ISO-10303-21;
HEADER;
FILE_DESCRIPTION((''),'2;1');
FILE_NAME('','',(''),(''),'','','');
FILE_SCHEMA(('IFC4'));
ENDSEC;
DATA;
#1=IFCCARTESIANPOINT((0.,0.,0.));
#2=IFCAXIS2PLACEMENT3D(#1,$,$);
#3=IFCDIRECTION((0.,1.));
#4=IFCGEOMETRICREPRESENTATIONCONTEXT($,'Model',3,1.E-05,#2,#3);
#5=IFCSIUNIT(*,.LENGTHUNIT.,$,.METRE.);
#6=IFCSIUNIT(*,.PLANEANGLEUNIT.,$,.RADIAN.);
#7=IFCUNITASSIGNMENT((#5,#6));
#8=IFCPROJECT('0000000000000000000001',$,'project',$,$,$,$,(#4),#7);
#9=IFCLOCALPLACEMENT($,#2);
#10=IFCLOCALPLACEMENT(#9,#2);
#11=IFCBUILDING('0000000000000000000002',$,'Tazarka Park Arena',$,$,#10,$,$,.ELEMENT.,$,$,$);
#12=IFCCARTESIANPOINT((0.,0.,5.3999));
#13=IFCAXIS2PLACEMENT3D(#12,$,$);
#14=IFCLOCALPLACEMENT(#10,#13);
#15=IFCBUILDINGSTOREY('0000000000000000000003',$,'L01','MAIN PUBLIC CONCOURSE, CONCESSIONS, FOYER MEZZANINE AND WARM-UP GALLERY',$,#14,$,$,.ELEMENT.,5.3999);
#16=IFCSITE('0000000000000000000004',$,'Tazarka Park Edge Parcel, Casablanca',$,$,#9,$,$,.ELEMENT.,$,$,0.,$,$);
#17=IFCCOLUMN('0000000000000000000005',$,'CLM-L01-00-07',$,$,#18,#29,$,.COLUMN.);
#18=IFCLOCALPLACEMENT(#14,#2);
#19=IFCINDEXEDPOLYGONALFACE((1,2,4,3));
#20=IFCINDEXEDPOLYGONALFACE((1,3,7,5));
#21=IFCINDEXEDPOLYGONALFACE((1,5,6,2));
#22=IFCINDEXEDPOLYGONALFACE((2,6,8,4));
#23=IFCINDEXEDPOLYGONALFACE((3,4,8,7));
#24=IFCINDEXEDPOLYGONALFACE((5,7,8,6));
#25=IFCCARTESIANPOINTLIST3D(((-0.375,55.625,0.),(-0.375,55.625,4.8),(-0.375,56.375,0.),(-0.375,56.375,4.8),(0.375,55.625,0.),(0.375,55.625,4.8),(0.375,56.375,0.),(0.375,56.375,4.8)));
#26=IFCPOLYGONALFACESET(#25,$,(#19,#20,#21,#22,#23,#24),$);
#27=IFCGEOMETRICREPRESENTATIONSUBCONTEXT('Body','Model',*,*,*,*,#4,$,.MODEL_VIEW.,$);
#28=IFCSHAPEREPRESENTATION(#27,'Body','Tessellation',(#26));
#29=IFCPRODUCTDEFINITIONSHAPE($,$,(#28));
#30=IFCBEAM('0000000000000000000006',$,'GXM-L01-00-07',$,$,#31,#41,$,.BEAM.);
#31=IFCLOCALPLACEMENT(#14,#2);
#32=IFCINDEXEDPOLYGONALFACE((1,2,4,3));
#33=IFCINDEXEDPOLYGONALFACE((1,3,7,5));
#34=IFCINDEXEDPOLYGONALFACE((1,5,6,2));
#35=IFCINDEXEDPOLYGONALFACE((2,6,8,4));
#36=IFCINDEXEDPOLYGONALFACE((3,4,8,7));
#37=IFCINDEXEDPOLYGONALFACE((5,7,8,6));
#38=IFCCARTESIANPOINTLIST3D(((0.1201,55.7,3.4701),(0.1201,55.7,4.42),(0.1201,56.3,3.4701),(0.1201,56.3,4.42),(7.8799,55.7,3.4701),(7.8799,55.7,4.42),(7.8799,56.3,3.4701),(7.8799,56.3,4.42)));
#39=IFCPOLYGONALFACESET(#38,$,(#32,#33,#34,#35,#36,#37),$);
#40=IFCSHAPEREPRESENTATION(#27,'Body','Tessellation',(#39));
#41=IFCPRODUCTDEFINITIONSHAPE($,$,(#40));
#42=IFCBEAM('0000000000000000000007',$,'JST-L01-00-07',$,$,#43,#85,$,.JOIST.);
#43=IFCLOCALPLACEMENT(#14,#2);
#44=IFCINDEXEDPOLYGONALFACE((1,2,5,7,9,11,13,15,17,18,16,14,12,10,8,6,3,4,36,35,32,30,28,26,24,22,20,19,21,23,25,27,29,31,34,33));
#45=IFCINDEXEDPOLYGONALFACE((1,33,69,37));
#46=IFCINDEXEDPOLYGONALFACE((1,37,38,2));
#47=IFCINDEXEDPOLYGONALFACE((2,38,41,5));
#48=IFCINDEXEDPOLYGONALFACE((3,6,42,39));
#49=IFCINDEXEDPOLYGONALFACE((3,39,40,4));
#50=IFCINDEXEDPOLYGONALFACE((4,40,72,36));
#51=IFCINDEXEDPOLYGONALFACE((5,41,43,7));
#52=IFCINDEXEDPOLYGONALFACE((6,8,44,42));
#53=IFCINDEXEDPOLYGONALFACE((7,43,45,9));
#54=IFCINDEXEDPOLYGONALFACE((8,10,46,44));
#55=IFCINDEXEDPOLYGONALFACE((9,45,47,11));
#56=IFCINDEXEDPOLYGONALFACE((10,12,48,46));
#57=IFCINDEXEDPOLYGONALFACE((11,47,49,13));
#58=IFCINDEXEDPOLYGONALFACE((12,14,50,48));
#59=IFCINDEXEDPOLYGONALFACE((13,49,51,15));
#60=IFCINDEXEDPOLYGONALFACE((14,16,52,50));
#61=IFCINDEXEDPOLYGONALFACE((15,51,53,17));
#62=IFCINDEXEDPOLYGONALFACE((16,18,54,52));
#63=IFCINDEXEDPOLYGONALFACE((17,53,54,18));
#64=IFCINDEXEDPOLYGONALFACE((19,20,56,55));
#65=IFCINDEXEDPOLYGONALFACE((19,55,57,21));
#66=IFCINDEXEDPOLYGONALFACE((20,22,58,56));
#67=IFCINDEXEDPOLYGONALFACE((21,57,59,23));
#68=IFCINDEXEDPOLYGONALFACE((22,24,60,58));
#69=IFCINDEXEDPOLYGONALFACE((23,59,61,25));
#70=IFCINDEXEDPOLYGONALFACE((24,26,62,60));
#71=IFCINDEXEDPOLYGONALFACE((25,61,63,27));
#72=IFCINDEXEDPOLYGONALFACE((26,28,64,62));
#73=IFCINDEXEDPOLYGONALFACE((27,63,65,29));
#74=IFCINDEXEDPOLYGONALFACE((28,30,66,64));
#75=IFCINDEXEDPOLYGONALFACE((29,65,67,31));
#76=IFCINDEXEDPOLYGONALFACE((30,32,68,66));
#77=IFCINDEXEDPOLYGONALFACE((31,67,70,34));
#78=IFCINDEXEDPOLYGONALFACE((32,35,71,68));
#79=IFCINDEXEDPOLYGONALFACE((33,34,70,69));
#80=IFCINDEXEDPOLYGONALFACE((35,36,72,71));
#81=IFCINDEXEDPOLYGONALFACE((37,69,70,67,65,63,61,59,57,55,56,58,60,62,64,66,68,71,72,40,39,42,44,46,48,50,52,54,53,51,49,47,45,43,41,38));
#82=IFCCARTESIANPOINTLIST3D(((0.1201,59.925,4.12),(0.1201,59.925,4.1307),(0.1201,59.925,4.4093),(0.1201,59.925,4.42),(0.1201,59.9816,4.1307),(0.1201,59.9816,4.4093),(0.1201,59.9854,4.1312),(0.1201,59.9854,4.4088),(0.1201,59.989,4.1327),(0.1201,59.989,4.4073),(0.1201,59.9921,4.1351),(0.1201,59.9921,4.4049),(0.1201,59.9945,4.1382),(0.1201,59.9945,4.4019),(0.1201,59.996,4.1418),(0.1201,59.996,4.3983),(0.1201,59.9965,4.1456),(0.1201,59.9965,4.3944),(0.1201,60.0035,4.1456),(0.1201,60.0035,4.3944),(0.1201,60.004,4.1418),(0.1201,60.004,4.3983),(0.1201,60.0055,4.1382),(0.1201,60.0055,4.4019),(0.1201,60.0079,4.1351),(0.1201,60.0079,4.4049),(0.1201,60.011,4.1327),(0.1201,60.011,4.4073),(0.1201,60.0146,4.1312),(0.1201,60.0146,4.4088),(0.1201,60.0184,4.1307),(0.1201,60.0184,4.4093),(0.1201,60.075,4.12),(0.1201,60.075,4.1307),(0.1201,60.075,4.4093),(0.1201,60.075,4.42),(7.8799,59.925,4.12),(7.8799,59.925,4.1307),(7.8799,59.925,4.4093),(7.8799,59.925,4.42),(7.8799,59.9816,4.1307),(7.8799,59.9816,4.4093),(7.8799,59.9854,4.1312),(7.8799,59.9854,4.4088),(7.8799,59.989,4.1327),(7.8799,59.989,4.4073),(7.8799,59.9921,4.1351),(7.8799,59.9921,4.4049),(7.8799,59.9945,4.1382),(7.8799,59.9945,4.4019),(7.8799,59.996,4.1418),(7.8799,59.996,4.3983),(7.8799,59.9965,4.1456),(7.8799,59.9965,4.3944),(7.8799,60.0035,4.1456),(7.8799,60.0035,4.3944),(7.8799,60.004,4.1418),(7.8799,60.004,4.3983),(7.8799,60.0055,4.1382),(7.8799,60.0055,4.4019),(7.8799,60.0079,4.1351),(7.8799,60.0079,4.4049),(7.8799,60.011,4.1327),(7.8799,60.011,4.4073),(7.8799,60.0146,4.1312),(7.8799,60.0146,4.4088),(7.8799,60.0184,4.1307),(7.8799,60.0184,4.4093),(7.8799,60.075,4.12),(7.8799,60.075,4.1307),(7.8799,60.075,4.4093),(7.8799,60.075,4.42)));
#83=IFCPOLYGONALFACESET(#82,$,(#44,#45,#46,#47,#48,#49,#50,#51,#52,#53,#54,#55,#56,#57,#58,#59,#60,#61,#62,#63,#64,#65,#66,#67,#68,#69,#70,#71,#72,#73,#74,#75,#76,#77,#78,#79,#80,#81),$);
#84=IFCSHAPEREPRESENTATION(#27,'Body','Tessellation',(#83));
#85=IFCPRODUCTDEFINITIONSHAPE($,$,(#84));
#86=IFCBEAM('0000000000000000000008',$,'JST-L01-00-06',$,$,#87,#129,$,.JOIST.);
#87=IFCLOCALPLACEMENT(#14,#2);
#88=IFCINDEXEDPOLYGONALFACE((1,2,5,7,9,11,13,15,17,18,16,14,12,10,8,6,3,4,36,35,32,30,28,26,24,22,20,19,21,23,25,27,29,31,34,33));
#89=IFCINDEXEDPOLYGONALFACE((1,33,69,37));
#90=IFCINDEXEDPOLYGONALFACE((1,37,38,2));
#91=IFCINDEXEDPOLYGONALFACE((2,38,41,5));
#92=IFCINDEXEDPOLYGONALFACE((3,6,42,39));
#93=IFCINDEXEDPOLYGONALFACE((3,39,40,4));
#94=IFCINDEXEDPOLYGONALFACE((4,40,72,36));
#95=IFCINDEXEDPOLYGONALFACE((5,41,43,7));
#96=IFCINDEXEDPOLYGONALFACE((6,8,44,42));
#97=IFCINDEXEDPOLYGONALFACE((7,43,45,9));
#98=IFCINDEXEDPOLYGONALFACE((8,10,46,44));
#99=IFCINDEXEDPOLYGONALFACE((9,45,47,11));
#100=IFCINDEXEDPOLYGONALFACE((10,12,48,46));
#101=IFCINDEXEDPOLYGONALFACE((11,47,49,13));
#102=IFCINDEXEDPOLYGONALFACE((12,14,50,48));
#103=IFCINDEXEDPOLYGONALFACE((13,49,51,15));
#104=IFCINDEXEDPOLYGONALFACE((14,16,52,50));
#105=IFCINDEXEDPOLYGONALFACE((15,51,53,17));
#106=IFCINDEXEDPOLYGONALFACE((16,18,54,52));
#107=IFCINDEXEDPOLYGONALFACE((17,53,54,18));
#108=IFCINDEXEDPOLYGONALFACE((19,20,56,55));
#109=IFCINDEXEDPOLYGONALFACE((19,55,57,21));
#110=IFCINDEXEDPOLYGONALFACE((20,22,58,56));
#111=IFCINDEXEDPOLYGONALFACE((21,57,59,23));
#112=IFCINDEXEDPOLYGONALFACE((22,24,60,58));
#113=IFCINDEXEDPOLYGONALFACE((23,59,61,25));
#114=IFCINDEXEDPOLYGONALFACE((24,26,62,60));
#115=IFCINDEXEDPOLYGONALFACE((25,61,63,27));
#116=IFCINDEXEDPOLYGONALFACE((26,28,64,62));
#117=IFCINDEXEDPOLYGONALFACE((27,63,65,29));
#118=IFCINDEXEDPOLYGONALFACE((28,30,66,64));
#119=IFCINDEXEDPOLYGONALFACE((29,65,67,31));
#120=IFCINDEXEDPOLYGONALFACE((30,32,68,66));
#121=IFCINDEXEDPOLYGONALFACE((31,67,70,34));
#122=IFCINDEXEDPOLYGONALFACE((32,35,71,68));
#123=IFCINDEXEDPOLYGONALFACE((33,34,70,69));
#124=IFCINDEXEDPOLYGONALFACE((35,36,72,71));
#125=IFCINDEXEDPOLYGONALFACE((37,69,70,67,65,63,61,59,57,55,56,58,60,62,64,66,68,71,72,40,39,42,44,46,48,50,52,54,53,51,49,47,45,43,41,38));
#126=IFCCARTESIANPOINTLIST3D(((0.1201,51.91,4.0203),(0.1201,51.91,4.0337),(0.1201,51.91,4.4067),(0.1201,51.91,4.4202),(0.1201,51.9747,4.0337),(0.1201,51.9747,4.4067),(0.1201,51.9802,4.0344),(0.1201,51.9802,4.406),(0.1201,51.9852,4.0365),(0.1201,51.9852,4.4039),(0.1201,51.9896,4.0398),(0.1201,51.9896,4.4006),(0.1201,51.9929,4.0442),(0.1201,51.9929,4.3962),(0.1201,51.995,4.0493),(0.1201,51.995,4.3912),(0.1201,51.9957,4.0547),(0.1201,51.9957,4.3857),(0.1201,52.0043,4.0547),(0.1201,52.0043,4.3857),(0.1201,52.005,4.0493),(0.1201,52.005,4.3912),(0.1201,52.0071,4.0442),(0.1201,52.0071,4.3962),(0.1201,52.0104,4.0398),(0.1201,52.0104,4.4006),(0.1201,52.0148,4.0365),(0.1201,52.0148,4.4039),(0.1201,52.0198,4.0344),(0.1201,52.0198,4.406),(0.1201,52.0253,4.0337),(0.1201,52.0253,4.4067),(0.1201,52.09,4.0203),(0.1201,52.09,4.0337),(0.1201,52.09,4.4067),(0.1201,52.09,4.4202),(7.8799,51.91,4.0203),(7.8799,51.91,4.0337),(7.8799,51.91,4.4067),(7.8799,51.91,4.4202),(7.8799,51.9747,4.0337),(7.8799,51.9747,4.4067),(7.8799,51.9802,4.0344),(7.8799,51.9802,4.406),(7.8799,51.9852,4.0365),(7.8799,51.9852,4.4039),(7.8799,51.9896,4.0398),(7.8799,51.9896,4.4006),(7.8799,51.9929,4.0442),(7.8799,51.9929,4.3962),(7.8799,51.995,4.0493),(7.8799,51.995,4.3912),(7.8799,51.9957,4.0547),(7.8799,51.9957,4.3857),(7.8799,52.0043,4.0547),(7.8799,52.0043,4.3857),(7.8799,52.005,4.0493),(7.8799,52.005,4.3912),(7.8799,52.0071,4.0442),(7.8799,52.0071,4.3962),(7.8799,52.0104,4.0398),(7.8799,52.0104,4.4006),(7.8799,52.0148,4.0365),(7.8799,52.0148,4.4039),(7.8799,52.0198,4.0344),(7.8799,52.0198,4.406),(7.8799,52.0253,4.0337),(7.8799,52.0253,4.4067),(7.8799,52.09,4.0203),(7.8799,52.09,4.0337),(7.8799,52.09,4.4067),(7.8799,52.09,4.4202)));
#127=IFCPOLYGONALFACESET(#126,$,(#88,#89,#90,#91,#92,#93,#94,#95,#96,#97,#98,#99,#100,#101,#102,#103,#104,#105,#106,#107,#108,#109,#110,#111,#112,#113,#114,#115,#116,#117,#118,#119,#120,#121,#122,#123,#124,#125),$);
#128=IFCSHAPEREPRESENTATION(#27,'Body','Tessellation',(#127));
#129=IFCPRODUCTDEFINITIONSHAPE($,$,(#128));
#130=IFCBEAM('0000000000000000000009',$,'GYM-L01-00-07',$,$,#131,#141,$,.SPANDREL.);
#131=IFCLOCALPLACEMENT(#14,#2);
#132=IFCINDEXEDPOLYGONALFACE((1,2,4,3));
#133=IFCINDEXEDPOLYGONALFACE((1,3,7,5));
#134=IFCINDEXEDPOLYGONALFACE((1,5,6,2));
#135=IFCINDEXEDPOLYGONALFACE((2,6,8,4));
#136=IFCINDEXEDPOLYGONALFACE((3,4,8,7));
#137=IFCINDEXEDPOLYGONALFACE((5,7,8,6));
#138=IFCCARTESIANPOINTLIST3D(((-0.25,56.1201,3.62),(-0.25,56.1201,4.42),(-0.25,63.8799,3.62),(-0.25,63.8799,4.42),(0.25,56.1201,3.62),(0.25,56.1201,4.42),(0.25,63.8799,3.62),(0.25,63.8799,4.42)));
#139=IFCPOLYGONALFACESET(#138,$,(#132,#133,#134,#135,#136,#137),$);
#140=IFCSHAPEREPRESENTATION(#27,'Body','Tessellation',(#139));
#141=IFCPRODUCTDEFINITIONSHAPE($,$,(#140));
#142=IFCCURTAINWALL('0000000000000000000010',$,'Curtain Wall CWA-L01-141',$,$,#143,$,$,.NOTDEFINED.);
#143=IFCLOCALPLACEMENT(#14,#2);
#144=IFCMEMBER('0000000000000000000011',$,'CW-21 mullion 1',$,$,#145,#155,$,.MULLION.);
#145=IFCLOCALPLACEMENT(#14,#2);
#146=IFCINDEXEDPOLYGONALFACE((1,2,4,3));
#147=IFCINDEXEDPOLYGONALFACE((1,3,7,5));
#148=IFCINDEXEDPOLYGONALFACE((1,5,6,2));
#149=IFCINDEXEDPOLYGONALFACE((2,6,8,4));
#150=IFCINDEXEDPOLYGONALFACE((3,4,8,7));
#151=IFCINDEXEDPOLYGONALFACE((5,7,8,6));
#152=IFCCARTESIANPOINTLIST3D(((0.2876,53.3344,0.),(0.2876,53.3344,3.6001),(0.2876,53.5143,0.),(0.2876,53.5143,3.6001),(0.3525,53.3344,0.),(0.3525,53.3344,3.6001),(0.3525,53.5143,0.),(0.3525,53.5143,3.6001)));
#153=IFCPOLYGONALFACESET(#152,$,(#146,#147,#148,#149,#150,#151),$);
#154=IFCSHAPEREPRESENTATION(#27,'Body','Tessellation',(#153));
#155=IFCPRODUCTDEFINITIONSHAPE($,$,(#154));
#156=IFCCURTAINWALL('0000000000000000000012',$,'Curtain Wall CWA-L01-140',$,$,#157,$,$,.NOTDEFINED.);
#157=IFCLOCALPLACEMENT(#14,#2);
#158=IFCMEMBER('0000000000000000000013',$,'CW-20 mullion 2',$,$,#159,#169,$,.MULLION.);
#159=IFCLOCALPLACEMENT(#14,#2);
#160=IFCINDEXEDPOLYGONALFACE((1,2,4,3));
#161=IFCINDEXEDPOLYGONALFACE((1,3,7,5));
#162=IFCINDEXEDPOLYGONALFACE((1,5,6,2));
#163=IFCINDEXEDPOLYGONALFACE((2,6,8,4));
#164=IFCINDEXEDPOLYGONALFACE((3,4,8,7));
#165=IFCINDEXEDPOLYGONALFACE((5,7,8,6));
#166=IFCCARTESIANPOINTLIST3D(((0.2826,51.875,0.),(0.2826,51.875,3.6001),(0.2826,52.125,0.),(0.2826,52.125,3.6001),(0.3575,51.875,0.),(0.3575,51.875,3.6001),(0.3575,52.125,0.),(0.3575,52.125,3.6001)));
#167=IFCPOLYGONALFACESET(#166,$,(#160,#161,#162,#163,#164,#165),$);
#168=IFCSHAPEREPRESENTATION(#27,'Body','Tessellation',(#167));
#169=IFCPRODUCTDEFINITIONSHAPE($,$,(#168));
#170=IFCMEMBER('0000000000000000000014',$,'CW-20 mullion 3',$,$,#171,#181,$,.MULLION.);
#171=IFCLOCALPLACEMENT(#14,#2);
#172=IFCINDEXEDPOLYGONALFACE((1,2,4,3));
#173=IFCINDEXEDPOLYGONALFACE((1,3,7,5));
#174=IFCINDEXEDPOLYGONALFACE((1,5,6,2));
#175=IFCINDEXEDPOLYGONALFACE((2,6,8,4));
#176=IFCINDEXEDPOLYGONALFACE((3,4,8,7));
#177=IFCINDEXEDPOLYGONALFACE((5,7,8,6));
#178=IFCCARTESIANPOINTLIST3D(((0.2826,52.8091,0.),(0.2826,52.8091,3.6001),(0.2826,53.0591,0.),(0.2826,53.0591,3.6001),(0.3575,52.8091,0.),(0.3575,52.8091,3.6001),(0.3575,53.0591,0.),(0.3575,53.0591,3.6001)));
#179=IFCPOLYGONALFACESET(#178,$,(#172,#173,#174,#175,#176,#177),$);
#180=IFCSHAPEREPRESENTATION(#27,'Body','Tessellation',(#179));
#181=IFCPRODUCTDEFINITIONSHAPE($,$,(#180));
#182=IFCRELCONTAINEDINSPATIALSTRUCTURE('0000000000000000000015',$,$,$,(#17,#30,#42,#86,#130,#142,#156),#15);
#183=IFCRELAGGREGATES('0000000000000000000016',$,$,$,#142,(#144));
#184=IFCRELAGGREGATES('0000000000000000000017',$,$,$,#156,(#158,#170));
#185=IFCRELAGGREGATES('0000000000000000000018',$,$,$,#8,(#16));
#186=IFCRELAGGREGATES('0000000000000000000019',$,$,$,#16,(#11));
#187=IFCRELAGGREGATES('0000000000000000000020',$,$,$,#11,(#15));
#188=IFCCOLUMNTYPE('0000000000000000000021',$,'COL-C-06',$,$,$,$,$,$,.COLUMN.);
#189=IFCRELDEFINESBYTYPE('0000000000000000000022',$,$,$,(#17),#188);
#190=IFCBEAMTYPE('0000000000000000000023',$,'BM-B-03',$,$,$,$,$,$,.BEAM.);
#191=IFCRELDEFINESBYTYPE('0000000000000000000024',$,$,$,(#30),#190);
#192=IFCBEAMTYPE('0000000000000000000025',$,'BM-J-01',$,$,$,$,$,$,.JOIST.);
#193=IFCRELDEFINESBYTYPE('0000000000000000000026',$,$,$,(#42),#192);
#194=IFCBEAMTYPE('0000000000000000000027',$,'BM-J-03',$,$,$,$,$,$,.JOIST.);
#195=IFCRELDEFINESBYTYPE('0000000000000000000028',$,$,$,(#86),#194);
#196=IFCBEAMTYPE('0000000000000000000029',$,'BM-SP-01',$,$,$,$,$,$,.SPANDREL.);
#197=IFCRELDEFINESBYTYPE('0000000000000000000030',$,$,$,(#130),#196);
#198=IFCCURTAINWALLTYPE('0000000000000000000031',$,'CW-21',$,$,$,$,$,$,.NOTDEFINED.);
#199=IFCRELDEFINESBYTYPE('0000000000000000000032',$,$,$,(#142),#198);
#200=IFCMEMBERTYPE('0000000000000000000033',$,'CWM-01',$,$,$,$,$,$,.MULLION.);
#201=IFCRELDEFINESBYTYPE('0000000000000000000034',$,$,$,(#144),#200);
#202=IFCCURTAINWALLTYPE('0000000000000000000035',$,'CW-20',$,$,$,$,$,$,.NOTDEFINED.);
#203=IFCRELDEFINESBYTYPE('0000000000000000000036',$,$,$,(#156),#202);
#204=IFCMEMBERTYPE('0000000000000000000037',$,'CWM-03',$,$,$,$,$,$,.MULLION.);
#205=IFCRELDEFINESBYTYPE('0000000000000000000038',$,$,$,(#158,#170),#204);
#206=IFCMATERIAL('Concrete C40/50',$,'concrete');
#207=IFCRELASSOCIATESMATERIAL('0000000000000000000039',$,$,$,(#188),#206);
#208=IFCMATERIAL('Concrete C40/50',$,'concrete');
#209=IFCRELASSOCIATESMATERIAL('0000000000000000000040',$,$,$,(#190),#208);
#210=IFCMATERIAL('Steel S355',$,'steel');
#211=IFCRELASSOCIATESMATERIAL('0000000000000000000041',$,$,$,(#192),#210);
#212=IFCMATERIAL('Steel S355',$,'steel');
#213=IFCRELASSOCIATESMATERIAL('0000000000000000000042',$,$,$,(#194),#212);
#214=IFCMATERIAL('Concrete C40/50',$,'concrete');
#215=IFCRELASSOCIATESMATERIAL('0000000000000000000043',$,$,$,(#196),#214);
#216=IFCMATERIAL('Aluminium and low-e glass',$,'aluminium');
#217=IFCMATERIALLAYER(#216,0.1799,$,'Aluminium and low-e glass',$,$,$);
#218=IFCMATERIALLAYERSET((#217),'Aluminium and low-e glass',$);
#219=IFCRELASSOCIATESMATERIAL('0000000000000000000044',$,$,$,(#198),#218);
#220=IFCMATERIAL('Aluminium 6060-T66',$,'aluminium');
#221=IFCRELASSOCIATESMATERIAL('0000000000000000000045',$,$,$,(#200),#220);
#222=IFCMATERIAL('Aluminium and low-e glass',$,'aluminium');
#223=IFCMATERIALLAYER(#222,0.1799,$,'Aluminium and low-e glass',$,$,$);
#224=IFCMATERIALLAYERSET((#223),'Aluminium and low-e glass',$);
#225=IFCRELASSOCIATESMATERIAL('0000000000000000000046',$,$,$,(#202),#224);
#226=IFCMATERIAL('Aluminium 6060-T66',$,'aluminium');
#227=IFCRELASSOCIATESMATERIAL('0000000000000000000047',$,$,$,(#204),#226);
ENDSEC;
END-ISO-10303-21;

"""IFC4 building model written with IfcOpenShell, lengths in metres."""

from ifc_helpers import new_model, si_unit, direction, frame, origin, origin_2d, place, context, subcontext, project, spatial, rectangle, i_section, extrude, material, layer, layer_set, material_profile, profile_set, type_object, element, aggregate, save


model = new_model("IFC4")

# Units and contexts
model_context = context("Model", 3, precision=1e-05, world=origin(), true_north=direction((0.0, 1.0)))
body_context = subcontext(model_context, "Body", "Model", "MODEL_VIEW")
ifc_project = project(units=[si_unit("LENGTHUNIT", "METRE"), si_unit("PLANEANGLEUNIT", "RADIAN")], contexts=[model_context])

# Site, building, storey
site_placement = place(None, origin())
site = spatial("IfcSite", under=ifc_project, at=site_placement, Name="Tazarka Park Edge Parcel, Casablanca", CompositionType="ELEMENT", RefElevation=0.0)
building_placement = place(site_placement, origin())
building = spatial("IfcBuilding", under=site, at=building_placement, Name="Tazarka Park Arena", CompositionType="ELEMENT")
storey_placement = place(building_placement, frame((0.0, 0.0, 5.3999)))
storey = spatial("IfcBuildingStorey", under=building, at=storey_placement, Name="L01", Description="MAIN PUBLIC CONCOURSE, CONCESSIONS, FOYER MEZZANINE AND WARM-UP GALLERY", CompositionType="ELEMENT", Elevation=5.3999)

# Column
ifc_material_1 = material(Name="Concrete C40/50", Category="concrete")
ifc_material_profile_1 = material_profile(ifc_material_1, rectangle(XDim=0.75, YDim=0.75, at=origin_2d()), Name="Concrete C40/50")
ifc_profile_set_1 = profile_set([ifc_material_profile_1], Name="Concrete C40/50")
column_type = type_object("IfcColumnType", Name="COL-C-06", PredefinedType="COLUMN", material=ifc_profile_set_1)
column_placement = place(storey_placement, frame((0.0, 56.0, 0.0), z_axis=(0.0, 0.0, 1.0), x_axis=(1.0, 0.0, 0.0)))
element("IfcColumn", 1, at=column_placement, inside=storey, type_object=column_type, Name="CLM-L01-00-07", PredefinedType="COLUMN", context=body_context, shape_type="SweptSolid", body=[
    extrude(rectangle(XDim=0.75, YDim=0.75, at=origin_2d()), origin(), (0.0, 0.0, 1.0), 4.8),
])

# Beams
ifc_material_2 = material(Name="Concrete C40/50", Category="concrete")
ifc_material_profile_2 = material_profile(ifc_material_2, rectangle(XDim=0.6001, YDim=0.95, at=origin_2d()), Name="Concrete C40/50")
ifc_profile_set_2 = profile_set([ifc_material_profile_2], Name="Concrete C40/50")
beam_type_1 = type_object("IfcBeamType", Name="BM-B-03", PredefinedType="BEAM", material=ifc_profile_set_2)
beam_1_placement = place(storey_placement, frame((0.1201, 56.0, 3.9451), z_axis=(1.0, 0.0, 0.0), x_axis=(0.0, 1.0, 0.0)))
element("IfcBeam", 2, at=beam_1_placement, inside=storey, type_object=beam_type_1, Name="GXM-L01-00-07", PredefinedType="BEAM", context=body_context, shape_type="SweptSolid", body=[
    extrude(rectangle(XDim=0.6001, YDim=0.95, at=origin_2d()), origin(), (0.0, 0.0, 1.0), 7.7598),
])
ifc_material_3 = material(Name="Steel S355", Category="steel")
ifc_material_profile_3 = material_profile(ifc_material_3, i_section(OverallWidth=0.1499, OverallDepth=0.3, WebThickness=0.0071, FlangeThickness=0.0107, FilletRadius=0.0149, at=origin_2d()), Name="Steel S355")
ifc_profile_set_3 = profile_set([ifc_material_profile_3], Name="Steel S355")
beam_type_2 = type_object("IfcBeamType", Name="BM-J-01", PredefinedType="JOIST", material=ifc_profile_set_3)
beam_2_placement = place(storey_placement, frame((0.1201, 60.0, 4.27), z_axis=(1.0, 0.0, 0.0), x_axis=(0.0, 1.0, 0.0)))
element("IfcBeam", 3, at=beam_2_placement, inside=storey, type_object=beam_type_2, Name="JST-L01-00-07", PredefinedType="JOIST", context=body_context, shape_type="SweptSolid", body=[
    extrude(i_section(OverallWidth=0.1499, OverallDepth=0.3, WebThickness=0.0071, FlangeThickness=0.0107, FilletRadius=0.0149, at=origin_2d()), origin(), (0.0, 0.0, 1.0), 7.7598),
])
ifc_material_4 = material(Name="Steel S355", Category="steel")
ifc_material_profile_4 = material_profile(ifc_material_4, i_section(OverallWidth=0.1799, OverallDepth=0.3999, WebThickness=0.0085, FlangeThickness=0.0134, FilletRadius=0.021, at=origin_2d()), Name="Steel S355")
ifc_profile_set_4 = profile_set([ifc_material_profile_4], Name="Steel S355")
beam_type_3 = type_object("IfcBeamType", Name="BM-J-03", PredefinedType="JOIST", material=ifc_profile_set_4)
beam_3_placement = place(storey_placement, frame((0.1201, 52.0, 4.2202), z_axis=(1.0, 0.0, 0.0), x_axis=(0.0, 1.0, 0.0)))
element("IfcBeam", 4, at=beam_3_placement, inside=storey, type_object=beam_type_3, Name="JST-L01-00-06", PredefinedType="JOIST", context=body_context, shape_type="SweptSolid", body=[
    extrude(i_section(OverallWidth=0.1799, OverallDepth=0.3999, WebThickness=0.0085, FlangeThickness=0.0134, FilletRadius=0.021, at=origin_2d()), origin(), (0.0, 0.0, 1.0), 7.7598),
])
ifc_material_5 = material(Name="Concrete C40/50", Category="concrete")
ifc_material_profile_5 = material_profile(ifc_material_5, rectangle(XDim=0.5, YDim=0.8, at=origin_2d()), Name="Concrete C40/50")
ifc_profile_set_5 = profile_set([ifc_material_profile_5], Name="Concrete C40/50")
beam_type_4 = type_object("IfcBeamType", Name="BM-SP-01", PredefinedType="SPANDREL", material=ifc_profile_set_5)
beam_4_placement = place(storey_placement, frame((0.0, 56.1201, 4.02), z_axis=(0.0, 1.0, 0.0), x_axis=(-1.0, 0.0, 0.0)))
element("IfcBeam", 5, at=beam_4_placement, inside=storey, type_object=beam_type_4, Name="GYM-L01-00-07", PredefinedType="SPANDREL", context=body_context, shape_type="SweptSolid", body=[
    extrude(rectangle(XDim=0.5, YDim=0.8, at=origin_2d()), origin(), (0.0, 0.0, 1.0), 7.7598),
])

# Curtain wall, member
ifc_material_6 = material(Name="Aluminium and low-e glass", Category="aluminium")
ifc_layer_1 = layer(ifc_material_6, 0.1799, Name="Aluminium and low-e glass")
ifc_layer_set_1 = layer_set([ifc_layer_1], Name="Aluminium and low-e glass")
curtain_wall_type_1 = type_object("IfcCurtainWallType", Name="CW-21", PredefinedType="NOTDEFINED", material=ifc_layer_set_1)
curtain_wall_1_placement = place(storey_placement, origin())
curtain_wall_1 = element("IfcCurtainWall", 6, at=curtain_wall_1_placement, inside=storey, type_object=curtain_wall_type_1, Name="Curtain Wall CWA-L01-141", PredefinedType="NOTDEFINED")
ifc_material_7 = material(Name="Aluminium 6060-T66", Category="aluminium")
ifc_material_profile_6 = material_profile(ifc_material_7, rectangle(XDim=0.0649, YDim=0.1799, at=origin_2d()), Name="Aluminium 6060-T66")
ifc_profile_set_6 = profile_set([ifc_material_profile_6], Name="Aluminium 6060-T66")
member_type_1 = type_object("IfcMemberType", Name="CWM-01", PredefinedType="MULLION", material=ifc_profile_set_6)
member_1_placement = place(storey_placement, frame((0.3201, 53.4243, 0.0), z_axis=(0.0, 0.0, 1.0), x_axis=(-1.0, 0.0, 0.0)))
member_1 = element("IfcMember", 7, at=member_1_placement, type_object=member_type_1, Name="CW-21 mullion 1", PredefinedType="MULLION", context=body_context, shape_type="SweptSolid", body=[
    extrude(rectangle(XDim=0.0649, YDim=0.1799, at=origin_2d()), origin(), (0.0, 0.0, 1.0), 3.6001),
])

# Curtain wall, members
ifc_material_8 = material(Name="Aluminium and low-e glass", Category="aluminium")
ifc_layer_2 = layer(ifc_material_8, 0.1799, Name="Aluminium and low-e glass")
ifc_layer_set_2 = layer_set([ifc_layer_2], Name="Aluminium and low-e glass")
curtain_wall_type_2 = type_object("IfcCurtainWallType", Name="CW-20", PredefinedType="NOTDEFINED", material=ifc_layer_set_2)
curtain_wall_2_placement = place(storey_placement, origin())
curtain_wall_2 = element("IfcCurtainWall", 8, at=curtain_wall_2_placement, inside=storey, type_object=curtain_wall_type_2, Name="Curtain Wall CWA-L01-140", PredefinedType="NOTDEFINED")
ifc_material_9 = material(Name="Aluminium 6060-T66", Category="aluminium")
ifc_material_profile_7 = material_profile(ifc_material_9, rectangle(XDim=0.075, YDim=0.25, at=origin_2d()), Name="Aluminium 6060-T66")
ifc_profile_set_7 = profile_set([ifc_material_profile_7], Name="Aluminium 6060-T66")
member_type_2 = type_object("IfcMemberType", Name="CWM-03", PredefinedType="MULLION", material=ifc_profile_set_7)
member_2_placement = place(storey_placement, frame((0.3201, 52.0, 0.0), z_axis=(0.0, 0.0, 1.0), x_axis=(-1.0, 0.0, 0.0)))
member_2 = element("IfcMember", 9, at=member_2_placement, type_object=member_type_2, Name="CW-20 mullion 2", PredefinedType="MULLION", context=body_context, shape_type="SweptSolid", body=[
    extrude(rectangle(XDim=0.075, YDim=0.25, at=origin_2d()), origin(), (0.0, 0.0, 1.0), 3.6001),
])
member_3_placement = place(storey_placement, frame((0.3201, 52.9341, 0.0), z_axis=(0.0, 0.0, 1.0), x_axis=(-1.0, 0.0, 0.0)))
member_3 = element("IfcMember", 10, at=member_3_placement, type_object=member_type_2, Name="CW-20 mullion 3", PredefinedType="MULLION", context=body_context, shape_type="SweptSolid", body=[
    extrude(rectangle(XDim=0.075, YDim=0.25, at=origin_2d()), origin(), (0.0, 0.0, 1.0), 3.6001),
])

aggregate(curtain_wall_1, [member_1])

aggregate(curtain_wall_2, [member_2, member_3])

save(model, "model.ifc")
